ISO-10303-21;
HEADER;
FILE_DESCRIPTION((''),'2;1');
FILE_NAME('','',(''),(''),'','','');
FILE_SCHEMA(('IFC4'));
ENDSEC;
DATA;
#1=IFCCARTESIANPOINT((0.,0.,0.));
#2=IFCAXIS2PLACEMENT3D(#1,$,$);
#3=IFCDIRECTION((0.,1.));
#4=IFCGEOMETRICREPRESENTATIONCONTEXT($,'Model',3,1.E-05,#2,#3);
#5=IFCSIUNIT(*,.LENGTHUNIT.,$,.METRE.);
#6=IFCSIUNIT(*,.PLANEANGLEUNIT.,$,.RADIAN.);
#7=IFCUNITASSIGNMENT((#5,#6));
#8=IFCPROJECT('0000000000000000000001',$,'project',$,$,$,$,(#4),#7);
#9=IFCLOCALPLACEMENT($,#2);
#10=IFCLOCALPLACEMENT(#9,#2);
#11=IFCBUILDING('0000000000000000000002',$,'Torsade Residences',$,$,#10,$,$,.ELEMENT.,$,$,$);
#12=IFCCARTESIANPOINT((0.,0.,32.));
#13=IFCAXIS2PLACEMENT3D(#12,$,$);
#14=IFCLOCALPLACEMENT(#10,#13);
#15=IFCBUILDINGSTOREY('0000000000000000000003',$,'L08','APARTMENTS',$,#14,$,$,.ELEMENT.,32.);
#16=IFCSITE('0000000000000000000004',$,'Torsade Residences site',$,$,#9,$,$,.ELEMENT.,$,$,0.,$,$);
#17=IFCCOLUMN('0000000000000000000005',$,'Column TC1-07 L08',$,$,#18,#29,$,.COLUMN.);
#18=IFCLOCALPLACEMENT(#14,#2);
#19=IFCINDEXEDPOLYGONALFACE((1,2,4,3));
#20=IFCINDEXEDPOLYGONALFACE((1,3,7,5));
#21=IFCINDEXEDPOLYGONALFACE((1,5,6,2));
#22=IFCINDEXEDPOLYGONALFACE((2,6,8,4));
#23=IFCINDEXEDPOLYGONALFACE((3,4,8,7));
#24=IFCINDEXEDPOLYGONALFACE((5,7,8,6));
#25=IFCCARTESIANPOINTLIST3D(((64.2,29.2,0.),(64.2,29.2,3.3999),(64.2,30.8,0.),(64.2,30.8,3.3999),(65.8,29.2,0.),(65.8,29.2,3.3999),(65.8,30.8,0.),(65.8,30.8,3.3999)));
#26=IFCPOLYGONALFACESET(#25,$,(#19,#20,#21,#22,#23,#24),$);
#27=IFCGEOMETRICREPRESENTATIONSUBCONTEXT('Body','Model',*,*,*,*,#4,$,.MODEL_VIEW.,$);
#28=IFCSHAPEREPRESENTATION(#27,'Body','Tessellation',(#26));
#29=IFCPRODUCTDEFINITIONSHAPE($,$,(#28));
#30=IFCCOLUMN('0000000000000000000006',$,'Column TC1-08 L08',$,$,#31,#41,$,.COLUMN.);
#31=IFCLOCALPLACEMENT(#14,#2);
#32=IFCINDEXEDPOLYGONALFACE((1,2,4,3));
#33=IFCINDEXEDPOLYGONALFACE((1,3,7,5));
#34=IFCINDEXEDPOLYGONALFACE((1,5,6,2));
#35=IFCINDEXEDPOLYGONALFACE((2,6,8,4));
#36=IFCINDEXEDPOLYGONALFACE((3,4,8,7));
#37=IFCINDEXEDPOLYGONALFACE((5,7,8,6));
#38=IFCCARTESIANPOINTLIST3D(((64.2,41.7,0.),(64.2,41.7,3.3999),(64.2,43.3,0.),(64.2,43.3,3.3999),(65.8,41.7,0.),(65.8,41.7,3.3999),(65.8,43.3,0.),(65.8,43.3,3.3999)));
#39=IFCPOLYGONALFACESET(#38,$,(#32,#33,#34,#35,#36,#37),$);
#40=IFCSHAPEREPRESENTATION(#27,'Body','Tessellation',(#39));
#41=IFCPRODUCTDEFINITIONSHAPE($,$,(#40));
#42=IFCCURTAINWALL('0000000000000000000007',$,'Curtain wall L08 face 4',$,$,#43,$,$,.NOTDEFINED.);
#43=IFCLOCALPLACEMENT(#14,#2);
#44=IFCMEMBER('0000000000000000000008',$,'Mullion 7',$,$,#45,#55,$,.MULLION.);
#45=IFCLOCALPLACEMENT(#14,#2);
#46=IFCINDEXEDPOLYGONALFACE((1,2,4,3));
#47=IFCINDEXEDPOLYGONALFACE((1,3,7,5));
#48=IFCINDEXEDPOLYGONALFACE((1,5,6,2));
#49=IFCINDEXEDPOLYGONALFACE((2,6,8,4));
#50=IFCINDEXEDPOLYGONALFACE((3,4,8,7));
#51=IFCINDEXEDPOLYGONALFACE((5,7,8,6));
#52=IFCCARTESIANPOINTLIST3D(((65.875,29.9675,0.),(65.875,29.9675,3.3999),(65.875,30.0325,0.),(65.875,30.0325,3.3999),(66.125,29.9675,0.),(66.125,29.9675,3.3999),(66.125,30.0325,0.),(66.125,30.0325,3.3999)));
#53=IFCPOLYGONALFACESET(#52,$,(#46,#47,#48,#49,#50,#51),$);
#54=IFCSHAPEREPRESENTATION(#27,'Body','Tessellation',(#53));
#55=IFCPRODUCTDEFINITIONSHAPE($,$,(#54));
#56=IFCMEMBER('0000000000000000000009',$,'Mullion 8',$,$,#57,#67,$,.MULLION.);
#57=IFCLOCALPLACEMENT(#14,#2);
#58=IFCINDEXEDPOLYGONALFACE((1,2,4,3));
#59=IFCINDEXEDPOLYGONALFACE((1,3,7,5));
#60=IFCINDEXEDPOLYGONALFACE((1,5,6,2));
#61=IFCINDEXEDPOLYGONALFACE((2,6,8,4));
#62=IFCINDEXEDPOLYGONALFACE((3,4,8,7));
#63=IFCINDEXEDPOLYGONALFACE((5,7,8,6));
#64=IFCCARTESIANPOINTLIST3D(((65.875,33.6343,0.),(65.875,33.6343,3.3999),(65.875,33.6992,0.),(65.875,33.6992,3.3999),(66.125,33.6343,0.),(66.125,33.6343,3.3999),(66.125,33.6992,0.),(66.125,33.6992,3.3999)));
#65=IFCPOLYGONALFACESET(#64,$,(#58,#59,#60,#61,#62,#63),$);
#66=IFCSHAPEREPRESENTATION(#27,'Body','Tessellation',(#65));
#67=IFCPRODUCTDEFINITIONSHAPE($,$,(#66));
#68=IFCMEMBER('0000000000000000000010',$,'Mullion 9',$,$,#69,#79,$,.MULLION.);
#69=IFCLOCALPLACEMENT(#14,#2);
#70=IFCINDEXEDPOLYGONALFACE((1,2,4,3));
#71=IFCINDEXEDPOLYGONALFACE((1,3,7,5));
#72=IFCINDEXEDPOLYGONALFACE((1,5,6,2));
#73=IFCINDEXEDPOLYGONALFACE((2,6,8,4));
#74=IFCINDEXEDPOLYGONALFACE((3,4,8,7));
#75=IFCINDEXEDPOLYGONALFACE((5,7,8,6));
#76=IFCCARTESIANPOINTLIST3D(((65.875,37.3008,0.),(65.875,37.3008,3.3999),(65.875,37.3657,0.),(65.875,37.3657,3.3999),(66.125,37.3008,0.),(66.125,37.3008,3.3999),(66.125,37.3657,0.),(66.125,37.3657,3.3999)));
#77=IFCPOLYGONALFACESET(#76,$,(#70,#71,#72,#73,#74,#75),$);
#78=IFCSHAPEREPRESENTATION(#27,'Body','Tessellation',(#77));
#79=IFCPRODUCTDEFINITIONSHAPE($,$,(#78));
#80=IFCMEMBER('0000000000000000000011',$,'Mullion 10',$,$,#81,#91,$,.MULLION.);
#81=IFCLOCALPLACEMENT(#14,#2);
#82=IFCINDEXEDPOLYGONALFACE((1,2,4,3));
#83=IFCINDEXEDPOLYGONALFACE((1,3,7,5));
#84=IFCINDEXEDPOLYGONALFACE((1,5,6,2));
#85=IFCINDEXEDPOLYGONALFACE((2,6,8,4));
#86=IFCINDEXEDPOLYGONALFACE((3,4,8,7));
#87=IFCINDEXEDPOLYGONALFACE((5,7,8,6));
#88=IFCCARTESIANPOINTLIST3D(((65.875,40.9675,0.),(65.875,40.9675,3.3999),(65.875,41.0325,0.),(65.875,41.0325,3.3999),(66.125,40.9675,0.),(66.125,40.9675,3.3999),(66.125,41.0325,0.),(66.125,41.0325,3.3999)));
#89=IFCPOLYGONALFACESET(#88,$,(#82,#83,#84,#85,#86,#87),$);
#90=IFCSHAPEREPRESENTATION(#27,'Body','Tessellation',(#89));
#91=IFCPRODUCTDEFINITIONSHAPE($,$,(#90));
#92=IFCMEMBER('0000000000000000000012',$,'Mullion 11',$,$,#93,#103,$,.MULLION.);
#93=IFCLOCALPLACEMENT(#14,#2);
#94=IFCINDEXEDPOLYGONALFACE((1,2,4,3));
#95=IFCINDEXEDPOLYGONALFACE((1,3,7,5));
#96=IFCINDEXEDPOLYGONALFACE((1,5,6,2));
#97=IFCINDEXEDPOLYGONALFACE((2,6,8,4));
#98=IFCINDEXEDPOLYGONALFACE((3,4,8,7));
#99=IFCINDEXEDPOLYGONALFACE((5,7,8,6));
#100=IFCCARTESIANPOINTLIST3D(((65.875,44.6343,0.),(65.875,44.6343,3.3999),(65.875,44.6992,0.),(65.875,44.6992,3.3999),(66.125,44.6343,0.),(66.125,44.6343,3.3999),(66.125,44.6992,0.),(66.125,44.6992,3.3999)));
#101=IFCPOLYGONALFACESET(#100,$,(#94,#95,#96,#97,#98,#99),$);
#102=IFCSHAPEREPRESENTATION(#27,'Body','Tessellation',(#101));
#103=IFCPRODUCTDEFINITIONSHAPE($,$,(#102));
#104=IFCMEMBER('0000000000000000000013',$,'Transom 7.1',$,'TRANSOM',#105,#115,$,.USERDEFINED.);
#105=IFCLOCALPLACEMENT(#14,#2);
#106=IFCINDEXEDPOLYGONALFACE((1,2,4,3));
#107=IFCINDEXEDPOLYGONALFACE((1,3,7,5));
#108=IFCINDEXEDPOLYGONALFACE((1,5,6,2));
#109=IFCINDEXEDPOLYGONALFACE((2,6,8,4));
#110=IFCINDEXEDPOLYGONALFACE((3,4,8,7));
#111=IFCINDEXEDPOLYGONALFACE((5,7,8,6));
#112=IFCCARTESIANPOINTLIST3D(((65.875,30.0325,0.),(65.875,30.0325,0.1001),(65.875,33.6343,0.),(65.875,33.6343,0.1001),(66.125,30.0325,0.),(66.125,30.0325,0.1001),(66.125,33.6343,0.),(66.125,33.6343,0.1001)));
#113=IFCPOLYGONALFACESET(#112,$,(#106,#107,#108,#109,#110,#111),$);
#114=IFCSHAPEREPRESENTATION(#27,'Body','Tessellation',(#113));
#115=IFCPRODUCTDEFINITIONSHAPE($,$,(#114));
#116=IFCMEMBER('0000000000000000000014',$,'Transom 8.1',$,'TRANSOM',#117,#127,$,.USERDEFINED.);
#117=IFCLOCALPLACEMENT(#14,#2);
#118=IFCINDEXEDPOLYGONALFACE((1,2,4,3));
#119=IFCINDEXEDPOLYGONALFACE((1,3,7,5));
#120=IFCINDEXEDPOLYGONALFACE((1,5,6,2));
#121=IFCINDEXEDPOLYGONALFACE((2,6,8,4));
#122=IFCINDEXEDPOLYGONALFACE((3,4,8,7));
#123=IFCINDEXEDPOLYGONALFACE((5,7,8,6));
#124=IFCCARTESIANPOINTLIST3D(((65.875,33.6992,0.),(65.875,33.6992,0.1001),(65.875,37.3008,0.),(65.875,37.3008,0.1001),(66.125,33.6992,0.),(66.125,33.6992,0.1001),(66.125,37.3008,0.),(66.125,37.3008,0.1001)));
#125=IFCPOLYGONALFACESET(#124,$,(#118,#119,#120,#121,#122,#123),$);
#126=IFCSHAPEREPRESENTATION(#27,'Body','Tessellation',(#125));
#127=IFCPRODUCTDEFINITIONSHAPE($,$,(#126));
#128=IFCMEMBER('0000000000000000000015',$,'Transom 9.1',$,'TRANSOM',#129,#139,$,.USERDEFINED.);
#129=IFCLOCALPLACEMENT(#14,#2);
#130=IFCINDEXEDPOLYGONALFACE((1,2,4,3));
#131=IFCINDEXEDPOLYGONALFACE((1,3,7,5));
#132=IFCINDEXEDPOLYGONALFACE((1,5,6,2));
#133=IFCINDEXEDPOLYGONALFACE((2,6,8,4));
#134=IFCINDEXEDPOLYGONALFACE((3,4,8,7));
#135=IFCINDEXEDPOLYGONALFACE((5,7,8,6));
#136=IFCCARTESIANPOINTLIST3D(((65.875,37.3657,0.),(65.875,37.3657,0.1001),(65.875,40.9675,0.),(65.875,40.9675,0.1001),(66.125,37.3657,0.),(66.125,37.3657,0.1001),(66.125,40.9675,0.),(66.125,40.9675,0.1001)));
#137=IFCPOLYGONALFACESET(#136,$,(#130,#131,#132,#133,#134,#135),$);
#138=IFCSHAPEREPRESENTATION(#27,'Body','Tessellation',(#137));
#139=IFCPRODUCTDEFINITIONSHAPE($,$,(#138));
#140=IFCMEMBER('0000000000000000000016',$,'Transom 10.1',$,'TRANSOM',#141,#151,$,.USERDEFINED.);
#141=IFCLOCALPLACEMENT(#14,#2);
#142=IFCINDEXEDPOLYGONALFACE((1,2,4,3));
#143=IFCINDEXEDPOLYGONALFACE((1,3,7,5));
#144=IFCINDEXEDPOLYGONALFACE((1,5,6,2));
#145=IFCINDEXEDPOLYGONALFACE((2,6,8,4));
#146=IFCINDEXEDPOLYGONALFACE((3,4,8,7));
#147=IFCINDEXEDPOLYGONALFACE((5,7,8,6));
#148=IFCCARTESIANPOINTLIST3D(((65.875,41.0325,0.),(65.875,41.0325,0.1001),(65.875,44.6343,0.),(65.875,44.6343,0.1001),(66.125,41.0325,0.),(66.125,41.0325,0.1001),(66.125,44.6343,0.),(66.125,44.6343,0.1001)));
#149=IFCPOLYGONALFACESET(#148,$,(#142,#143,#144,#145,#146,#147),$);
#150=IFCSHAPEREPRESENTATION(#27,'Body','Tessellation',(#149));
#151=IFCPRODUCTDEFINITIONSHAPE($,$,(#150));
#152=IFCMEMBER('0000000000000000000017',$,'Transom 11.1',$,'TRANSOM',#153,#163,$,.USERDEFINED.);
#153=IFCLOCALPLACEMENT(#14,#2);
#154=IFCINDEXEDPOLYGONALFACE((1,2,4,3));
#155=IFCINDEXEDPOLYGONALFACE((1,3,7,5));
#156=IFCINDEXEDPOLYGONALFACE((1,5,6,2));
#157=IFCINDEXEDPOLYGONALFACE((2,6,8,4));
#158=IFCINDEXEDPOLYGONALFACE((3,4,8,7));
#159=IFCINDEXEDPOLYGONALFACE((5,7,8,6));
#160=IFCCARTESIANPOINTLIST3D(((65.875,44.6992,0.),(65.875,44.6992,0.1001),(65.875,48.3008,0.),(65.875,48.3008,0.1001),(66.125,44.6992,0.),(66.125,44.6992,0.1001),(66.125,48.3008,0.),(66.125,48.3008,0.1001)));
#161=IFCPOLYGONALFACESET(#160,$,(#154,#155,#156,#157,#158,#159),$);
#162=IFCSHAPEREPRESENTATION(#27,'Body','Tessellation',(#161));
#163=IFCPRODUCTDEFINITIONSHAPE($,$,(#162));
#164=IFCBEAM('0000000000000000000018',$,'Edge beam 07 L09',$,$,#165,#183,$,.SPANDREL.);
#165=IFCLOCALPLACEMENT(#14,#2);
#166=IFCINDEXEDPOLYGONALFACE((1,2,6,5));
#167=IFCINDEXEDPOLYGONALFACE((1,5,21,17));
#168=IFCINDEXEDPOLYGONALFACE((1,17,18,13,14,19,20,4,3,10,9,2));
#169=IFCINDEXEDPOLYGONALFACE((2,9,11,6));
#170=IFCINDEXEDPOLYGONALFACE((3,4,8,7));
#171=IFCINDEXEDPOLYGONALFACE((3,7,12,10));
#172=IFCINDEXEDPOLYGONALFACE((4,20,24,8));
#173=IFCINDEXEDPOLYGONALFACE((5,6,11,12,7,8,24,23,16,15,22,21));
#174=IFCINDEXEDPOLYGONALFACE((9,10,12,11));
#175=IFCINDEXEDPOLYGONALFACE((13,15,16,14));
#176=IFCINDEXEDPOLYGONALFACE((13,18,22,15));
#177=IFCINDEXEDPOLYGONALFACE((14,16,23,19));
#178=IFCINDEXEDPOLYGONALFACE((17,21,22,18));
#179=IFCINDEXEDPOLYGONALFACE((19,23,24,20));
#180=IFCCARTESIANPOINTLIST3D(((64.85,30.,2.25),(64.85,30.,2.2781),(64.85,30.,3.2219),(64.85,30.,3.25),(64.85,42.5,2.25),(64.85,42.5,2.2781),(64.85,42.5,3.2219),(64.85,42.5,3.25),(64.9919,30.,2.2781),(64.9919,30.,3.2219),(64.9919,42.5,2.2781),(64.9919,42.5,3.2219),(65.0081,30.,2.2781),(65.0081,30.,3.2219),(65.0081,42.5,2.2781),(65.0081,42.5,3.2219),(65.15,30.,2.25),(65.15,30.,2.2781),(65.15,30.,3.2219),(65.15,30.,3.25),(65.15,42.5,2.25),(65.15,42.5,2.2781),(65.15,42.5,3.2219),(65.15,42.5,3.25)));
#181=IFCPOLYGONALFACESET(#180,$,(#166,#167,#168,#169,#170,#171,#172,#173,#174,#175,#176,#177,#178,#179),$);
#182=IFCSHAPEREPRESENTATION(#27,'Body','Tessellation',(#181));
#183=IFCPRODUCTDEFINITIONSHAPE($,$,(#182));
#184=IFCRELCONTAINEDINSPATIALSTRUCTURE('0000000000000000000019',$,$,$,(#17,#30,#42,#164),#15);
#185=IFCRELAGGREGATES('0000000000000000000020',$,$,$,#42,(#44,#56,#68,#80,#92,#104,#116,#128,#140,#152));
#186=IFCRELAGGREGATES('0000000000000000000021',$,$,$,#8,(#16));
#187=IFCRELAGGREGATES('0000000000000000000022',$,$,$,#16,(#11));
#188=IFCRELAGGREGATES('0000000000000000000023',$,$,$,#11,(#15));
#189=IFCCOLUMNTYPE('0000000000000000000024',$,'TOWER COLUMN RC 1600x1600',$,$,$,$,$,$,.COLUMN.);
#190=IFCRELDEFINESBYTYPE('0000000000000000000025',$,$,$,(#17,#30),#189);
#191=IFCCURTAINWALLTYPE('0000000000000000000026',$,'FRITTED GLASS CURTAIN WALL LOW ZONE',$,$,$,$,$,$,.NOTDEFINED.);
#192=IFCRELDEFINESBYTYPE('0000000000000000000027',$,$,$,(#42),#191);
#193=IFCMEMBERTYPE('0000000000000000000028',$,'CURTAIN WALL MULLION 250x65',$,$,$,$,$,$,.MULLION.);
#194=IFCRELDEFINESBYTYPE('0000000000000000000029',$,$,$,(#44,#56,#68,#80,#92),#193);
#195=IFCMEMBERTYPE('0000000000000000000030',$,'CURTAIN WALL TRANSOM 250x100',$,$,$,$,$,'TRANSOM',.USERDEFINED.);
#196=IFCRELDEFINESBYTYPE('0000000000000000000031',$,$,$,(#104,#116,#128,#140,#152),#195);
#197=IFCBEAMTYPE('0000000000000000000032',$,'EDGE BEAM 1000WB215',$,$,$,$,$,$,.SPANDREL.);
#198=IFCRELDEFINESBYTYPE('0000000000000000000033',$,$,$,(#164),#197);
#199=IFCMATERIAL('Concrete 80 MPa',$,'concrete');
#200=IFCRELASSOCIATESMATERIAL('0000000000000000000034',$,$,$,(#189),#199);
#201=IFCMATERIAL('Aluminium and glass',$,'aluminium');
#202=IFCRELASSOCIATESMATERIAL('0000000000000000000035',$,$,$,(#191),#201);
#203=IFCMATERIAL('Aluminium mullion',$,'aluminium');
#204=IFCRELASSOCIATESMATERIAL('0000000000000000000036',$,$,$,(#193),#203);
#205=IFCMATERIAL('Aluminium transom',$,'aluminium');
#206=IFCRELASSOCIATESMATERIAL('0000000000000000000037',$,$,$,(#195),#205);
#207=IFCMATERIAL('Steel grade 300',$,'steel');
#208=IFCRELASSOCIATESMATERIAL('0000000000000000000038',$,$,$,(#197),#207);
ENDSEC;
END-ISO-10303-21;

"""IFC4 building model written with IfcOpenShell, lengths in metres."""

from ifc_helpers import new_model, si_unit, direction, frame, origin, origin_2d, place, context, subcontext, project, spatial, rectangle, i_section, extrude, material, material_profile, profile_set, type_object, element, aggregate, save


model = new_model("IFC4")

# Units and contexts
model_context = context("Model", 3, precision=1e-05, world=origin(), true_north=direction((0.0, 1.0)))
body_context = subcontext(model_context, "Body", "Model", "MODEL_VIEW")
ifc_project = project(units=[si_unit("LENGTHUNIT", "METRE"), si_unit("PLANEANGLEUNIT", "RADIAN")], contexts=[model_context])

# Site, building, storey
site_placement = place(None, origin())
site = spatial("IfcSite", under=ifc_project, at=site_placement, Name="Torsade Residences site", CompositionType="ELEMENT", RefElevation=0.0)
building_placement = place(site_placement, origin())
building = spatial("IfcBuilding", under=site, at=building_placement, Name="Torsade Residences", CompositionType="ELEMENT")
storey_placement = place(building_placement, frame((0.0, 0.0, 32.0)))
storey = spatial("IfcBuildingStorey", under=building, at=storey_placement, Name="L08", Description="APARTMENTS", CompositionType="ELEMENT", Elevation=32.0)

# Columns
ifc_material_1 = material(Name="Concrete 80 MPa", Category="concrete")
ifc_material_profile_1 = material_profile(ifc_material_1, rectangle(XDim=1.6001, YDim=1.6001, at=origin_2d()), Name="RC 1600x1600")
ifc_profile_set_1 = profile_set([ifc_material_profile_1], Name="Concrete 80 MPa")
column_type = type_object("IfcColumnType", Name="TOWER COLUMN RC 1600x1600", PredefinedType="COLUMN", material=ifc_profile_set_1)
for number, where, z_axis, x_axis, name in (
    (1, (65.0, 30.0, 0.0), (0.0, 0.0, 1.0), (1.0, 0.0, 0.0), "Column TC1-07 L08"),
    (2, (65.0, 42.5, 0.0), (0.0, 0.0, 1.0), (1.0, 0.0, 0.0), "Column TC1-08 L08"),
):
    element("IfcColumn", number, at=place(storey_placement, frame(where, z_axis=z_axis, x_axis=x_axis)), inside=storey, type_object=column_type, Name=name, PredefinedType="COLUMN", context=body_context, shape_type="SweptSolid", body=[
        extrude(rectangle(XDim=1.6001, YDim=1.6001, at=origin_2d()), origin(), (0.0, 0.0, 1.0), 3.3999),
    ])

# Curtain wall, members
ifc_material_2 = material(Name="Aluminium and glass", Category="aluminium")
curtain_wall_type = type_object("IfcCurtainWallType", Name="FRITTED GLASS CURTAIN WALL LOW ZONE", PredefinedType="NOTDEFINED", material=ifc_material_2)
curtain_wall_placement = place(storey_placement, origin())
curtain_wall = element("IfcCurtainWall", 3, at=curtain_wall_placement, inside=storey, type_object=curtain_wall_type, Name="Curtain wall L08 face 4", PredefinedType="NOTDEFINED")
ifc_material_3 = material(Name="Aluminium mullion", Category="aluminium")
ifc_material_profile_2 = material_profile(ifc_material_3, rectangle(XDim=0.25, YDim=0.0649, at=origin_2d()), Name="CURTAIN WALL MULLION 250x65")
ifc_profile_set_2 = profile_set([ifc_material_profile_2], Name="Aluminium mullion")
member_type_1 = type_object("IfcMemberType", Name="CURTAIN WALL MULLION 250x65", PredefinedType="MULLION", material=ifc_profile_set_2)
member_1_placement = place(storey_placement, frame((66.0, 30.0, 0.0), z_axis=(0.0, 0.0, 1.0), x_axis=(-1.0, 0.0, 0.0)))
member_1 = element("IfcMember", 4, at=member_1_placement, type_object=member_type_1, Name="Mullion 7", PredefinedType="MULLION", context=body_context, shape_type="SweptSolid", body=[
    extrude(rectangle(XDim=0.25, YDim=0.0649, at=origin_2d()), origin(), (0.0, 0.0, 1.0), 3.3999),
])
member_2_placement = place(storey_placement, frame((66.0, 33.6667, 0.0), z_axis=(0.0, 0.0, 1.0), x_axis=(-1.0, 0.0, 0.0)))
member_2 = element("IfcMember", 5, at=member_2_placement, type_object=member_type_1, Name="Mullion 8", PredefinedType="MULLION", context=body_context, shape_type="SweptSolid", body=[
    extrude(rectangle(XDim=0.25, YDim=0.0649, at=origin_2d()), origin(), (0.0, 0.0, 1.0), 3.3999),
])
member_3_placement = place(storey_placement, frame((66.0, 37.3333, 0.0), z_axis=(0.0, 0.0, 1.0), x_axis=(-1.0, 0.0, 0.0)))
member_3 = element("IfcMember", 6, at=member_3_placement, type_object=member_type_1, Name="Mullion 9", PredefinedType="MULLION", context=body_context, shape_type="SweptSolid", body=[
    extrude(rectangle(XDim=0.25, YDim=0.0649, at=origin_2d()), origin(), (0.0, 0.0, 1.0), 3.3999),
])
member_4_placement = place(storey_placement, frame((66.0, 41.0, 0.0), z_axis=(0.0, 0.0, 1.0), x_axis=(-1.0, 0.0, 0.0)))
member_4 = element("IfcMember", 7, at=member_4_placement, type_object=member_type_1, Name="Mullion 10", PredefinedType="MULLION", context=body_context, shape_type="SweptSolid", body=[
    extrude(rectangle(XDim=0.25, YDim=0.0649, at=origin_2d()), origin(), (0.0, 0.0, 1.0), 3.3999),
])
member_5_placement = place(storey_placement, frame((66.0, 44.6667, 0.0), z_axis=(0.0, 0.0, 1.0), x_axis=(-1.0, 0.0, 0.0)))
member_5 = element("IfcMember", 8, at=member_5_placement, type_object=member_type_1, Name="Mullion 11", PredefinedType="MULLION", context=body_context, shape_type="SweptSolid", body=[
    extrude(rectangle(XDim=0.25, YDim=0.0649, at=origin_2d()), origin(), (0.0, 0.0, 1.0), 3.3999),
])
ifc_material_4 = material(Name="Aluminium transom", Category="aluminium")
ifc_material_profile_3 = material_profile(ifc_material_4, rectangle(XDim=0.25, YDim=0.1001, at=origin_2d()), Name="CURTAIN WALL TRANSOM 250x100")
ifc_profile_set_3 = profile_set([ifc_material_profile_3], Name="Aluminium transom")
member_type_2 = type_object("IfcMemberType", Name="CURTAIN WALL TRANSOM 250x100", ElementType="TRANSOM", PredefinedType="USERDEFINED", material=ifc_profile_set_3)
member_6_placement = place(storey_placement, frame((66.0, 30.0325, 0.05), z_axis=(0.0, 1.0, 0.0), x_axis=(-1.0, 0.0, 0.0)))
member_6 = element("IfcMember", 9, at=member_6_placement, type_object=member_type_2, Name="Transom 7.1", ObjectType="TRANSOM", PredefinedType="USERDEFINED", context=body_context, shape_type="SweptSolid", body=[
    extrude(rectangle(XDim=0.25, YDim=0.1001, at=origin_2d()), origin(), (0.0, 0.0, 1.0), 3.6018),
])
member_7_placement = place(storey_placement, frame((66.0, 33.6992, 0.05), z_axis=(0.0, 1.0, 0.0), x_axis=(-1.0, 0.0, 0.0)))
member_7 = element("IfcMember", 10, at=member_7_placement, type_object=member_type_2, Name="Transom 8.1", ObjectType="TRANSOM", PredefinedType="USERDEFINED", context=body_context, shape_type="SweptSolid", body=[
    extrude(rectangle(XDim=0.25, YDim=0.1001, at=origin_2d()), origin(), (0.0, 0.0, 1.0), 3.6016),
])
member_8_placement = place(storey_placement, frame((66.0, 37.3657, 0.05), z_axis=(0.0, 1.0, 0.0), x_axis=(-1.0, 0.0, 0.0)))
member_8 = element("IfcMember", 11, at=member_8_placement, type_object=member_type_2, Name="Transom 9.1", ObjectType="TRANSOM", PredefinedType="USERDEFINED", context=body_context, shape_type="SweptSolid", body=[
    extrude(rectangle(XDim=0.25, YDim=0.1001, at=origin_2d()), origin(), (0.0, 0.0, 1.0), 3.6018),
])
member_9_placement = place(storey_placement, frame((66.0, 41.0325, 0.05), z_axis=(0.0, 1.0, 0.0), x_axis=(-1.0, 0.0, 0.0)))
member_9 = element("IfcMember", 12, at=member_9_placement, type_object=member_type_2, Name="Transom 10.1", ObjectType="TRANSOM", PredefinedType="USERDEFINED", context=body_context, shape_type="SweptSolid", body=[
    extrude(rectangle(XDim=0.25, YDim=0.1001, at=origin_2d()), origin(), (0.0, 0.0, 1.0), 3.6018),
])
member_10_placement = place(storey_placement, frame((66.0, 44.6992, 0.05), z_axis=(0.0, 1.0, 0.0), x_axis=(-1.0, 0.0, 0.0)))
member_10 = element("IfcMember", 13, at=member_10_placement, type_object=member_type_2, Name="Transom 11.1", ObjectType="TRANSOM", PredefinedType="USERDEFINED", context=body_context, shape_type="SweptSolid", body=[
    extrude(rectangle(XDim=0.25, YDim=0.1001, at=origin_2d()), origin(), (0.0, 0.0, 1.0), 3.6016),
])

# Beam
ifc_material_5 = material(Name="Steel grade 300", Category="steel")
ifc_material_profile_4 = material_profile(ifc_material_5, i_section(OverallWidth=0.3, OverallDepth=1.0, WebThickness=0.0161, FlangeThickness=0.0281, at=origin_2d()), Name="1000WB215")
ifc_profile_set_4 = profile_set([ifc_material_profile_4], Name="Steel grade 300")
beam_type_1 = type_object("IfcBeamType", Name="EDGE BEAM 1000WB215", PredefinedType="SPANDREL", material=ifc_profile_set_4)
for number, where, z_axis, x_axis, name in (
    (14, (65.0, 30.0, 2.75), (0.0, 1.0, 0.0), (-1.0, 0.0, 0.0), "Edge beam 07 L09"),
):
    element("IfcBeam", number, at=place(storey_placement, frame(where, z_axis=z_axis, x_axis=x_axis)), inside=storey, type_object=beam_type_1, Name=name, PredefinedType="SPANDREL", context=body_context, shape_type="SweptSolid", body=[
        extrude(i_section(OverallWidth=0.3, OverallDepth=1.0, WebThickness=0.0161, FlangeThickness=0.0281, at=origin_2d()), origin(), (0.0, 0.0, 1.0), 12.5),
    ])

aggregate(curtain_wall, [member_1, member_2, member_3, member_4, member_5, member_6, member_7, member_8, member_9, member_10])

save(model, "model.ifc")
